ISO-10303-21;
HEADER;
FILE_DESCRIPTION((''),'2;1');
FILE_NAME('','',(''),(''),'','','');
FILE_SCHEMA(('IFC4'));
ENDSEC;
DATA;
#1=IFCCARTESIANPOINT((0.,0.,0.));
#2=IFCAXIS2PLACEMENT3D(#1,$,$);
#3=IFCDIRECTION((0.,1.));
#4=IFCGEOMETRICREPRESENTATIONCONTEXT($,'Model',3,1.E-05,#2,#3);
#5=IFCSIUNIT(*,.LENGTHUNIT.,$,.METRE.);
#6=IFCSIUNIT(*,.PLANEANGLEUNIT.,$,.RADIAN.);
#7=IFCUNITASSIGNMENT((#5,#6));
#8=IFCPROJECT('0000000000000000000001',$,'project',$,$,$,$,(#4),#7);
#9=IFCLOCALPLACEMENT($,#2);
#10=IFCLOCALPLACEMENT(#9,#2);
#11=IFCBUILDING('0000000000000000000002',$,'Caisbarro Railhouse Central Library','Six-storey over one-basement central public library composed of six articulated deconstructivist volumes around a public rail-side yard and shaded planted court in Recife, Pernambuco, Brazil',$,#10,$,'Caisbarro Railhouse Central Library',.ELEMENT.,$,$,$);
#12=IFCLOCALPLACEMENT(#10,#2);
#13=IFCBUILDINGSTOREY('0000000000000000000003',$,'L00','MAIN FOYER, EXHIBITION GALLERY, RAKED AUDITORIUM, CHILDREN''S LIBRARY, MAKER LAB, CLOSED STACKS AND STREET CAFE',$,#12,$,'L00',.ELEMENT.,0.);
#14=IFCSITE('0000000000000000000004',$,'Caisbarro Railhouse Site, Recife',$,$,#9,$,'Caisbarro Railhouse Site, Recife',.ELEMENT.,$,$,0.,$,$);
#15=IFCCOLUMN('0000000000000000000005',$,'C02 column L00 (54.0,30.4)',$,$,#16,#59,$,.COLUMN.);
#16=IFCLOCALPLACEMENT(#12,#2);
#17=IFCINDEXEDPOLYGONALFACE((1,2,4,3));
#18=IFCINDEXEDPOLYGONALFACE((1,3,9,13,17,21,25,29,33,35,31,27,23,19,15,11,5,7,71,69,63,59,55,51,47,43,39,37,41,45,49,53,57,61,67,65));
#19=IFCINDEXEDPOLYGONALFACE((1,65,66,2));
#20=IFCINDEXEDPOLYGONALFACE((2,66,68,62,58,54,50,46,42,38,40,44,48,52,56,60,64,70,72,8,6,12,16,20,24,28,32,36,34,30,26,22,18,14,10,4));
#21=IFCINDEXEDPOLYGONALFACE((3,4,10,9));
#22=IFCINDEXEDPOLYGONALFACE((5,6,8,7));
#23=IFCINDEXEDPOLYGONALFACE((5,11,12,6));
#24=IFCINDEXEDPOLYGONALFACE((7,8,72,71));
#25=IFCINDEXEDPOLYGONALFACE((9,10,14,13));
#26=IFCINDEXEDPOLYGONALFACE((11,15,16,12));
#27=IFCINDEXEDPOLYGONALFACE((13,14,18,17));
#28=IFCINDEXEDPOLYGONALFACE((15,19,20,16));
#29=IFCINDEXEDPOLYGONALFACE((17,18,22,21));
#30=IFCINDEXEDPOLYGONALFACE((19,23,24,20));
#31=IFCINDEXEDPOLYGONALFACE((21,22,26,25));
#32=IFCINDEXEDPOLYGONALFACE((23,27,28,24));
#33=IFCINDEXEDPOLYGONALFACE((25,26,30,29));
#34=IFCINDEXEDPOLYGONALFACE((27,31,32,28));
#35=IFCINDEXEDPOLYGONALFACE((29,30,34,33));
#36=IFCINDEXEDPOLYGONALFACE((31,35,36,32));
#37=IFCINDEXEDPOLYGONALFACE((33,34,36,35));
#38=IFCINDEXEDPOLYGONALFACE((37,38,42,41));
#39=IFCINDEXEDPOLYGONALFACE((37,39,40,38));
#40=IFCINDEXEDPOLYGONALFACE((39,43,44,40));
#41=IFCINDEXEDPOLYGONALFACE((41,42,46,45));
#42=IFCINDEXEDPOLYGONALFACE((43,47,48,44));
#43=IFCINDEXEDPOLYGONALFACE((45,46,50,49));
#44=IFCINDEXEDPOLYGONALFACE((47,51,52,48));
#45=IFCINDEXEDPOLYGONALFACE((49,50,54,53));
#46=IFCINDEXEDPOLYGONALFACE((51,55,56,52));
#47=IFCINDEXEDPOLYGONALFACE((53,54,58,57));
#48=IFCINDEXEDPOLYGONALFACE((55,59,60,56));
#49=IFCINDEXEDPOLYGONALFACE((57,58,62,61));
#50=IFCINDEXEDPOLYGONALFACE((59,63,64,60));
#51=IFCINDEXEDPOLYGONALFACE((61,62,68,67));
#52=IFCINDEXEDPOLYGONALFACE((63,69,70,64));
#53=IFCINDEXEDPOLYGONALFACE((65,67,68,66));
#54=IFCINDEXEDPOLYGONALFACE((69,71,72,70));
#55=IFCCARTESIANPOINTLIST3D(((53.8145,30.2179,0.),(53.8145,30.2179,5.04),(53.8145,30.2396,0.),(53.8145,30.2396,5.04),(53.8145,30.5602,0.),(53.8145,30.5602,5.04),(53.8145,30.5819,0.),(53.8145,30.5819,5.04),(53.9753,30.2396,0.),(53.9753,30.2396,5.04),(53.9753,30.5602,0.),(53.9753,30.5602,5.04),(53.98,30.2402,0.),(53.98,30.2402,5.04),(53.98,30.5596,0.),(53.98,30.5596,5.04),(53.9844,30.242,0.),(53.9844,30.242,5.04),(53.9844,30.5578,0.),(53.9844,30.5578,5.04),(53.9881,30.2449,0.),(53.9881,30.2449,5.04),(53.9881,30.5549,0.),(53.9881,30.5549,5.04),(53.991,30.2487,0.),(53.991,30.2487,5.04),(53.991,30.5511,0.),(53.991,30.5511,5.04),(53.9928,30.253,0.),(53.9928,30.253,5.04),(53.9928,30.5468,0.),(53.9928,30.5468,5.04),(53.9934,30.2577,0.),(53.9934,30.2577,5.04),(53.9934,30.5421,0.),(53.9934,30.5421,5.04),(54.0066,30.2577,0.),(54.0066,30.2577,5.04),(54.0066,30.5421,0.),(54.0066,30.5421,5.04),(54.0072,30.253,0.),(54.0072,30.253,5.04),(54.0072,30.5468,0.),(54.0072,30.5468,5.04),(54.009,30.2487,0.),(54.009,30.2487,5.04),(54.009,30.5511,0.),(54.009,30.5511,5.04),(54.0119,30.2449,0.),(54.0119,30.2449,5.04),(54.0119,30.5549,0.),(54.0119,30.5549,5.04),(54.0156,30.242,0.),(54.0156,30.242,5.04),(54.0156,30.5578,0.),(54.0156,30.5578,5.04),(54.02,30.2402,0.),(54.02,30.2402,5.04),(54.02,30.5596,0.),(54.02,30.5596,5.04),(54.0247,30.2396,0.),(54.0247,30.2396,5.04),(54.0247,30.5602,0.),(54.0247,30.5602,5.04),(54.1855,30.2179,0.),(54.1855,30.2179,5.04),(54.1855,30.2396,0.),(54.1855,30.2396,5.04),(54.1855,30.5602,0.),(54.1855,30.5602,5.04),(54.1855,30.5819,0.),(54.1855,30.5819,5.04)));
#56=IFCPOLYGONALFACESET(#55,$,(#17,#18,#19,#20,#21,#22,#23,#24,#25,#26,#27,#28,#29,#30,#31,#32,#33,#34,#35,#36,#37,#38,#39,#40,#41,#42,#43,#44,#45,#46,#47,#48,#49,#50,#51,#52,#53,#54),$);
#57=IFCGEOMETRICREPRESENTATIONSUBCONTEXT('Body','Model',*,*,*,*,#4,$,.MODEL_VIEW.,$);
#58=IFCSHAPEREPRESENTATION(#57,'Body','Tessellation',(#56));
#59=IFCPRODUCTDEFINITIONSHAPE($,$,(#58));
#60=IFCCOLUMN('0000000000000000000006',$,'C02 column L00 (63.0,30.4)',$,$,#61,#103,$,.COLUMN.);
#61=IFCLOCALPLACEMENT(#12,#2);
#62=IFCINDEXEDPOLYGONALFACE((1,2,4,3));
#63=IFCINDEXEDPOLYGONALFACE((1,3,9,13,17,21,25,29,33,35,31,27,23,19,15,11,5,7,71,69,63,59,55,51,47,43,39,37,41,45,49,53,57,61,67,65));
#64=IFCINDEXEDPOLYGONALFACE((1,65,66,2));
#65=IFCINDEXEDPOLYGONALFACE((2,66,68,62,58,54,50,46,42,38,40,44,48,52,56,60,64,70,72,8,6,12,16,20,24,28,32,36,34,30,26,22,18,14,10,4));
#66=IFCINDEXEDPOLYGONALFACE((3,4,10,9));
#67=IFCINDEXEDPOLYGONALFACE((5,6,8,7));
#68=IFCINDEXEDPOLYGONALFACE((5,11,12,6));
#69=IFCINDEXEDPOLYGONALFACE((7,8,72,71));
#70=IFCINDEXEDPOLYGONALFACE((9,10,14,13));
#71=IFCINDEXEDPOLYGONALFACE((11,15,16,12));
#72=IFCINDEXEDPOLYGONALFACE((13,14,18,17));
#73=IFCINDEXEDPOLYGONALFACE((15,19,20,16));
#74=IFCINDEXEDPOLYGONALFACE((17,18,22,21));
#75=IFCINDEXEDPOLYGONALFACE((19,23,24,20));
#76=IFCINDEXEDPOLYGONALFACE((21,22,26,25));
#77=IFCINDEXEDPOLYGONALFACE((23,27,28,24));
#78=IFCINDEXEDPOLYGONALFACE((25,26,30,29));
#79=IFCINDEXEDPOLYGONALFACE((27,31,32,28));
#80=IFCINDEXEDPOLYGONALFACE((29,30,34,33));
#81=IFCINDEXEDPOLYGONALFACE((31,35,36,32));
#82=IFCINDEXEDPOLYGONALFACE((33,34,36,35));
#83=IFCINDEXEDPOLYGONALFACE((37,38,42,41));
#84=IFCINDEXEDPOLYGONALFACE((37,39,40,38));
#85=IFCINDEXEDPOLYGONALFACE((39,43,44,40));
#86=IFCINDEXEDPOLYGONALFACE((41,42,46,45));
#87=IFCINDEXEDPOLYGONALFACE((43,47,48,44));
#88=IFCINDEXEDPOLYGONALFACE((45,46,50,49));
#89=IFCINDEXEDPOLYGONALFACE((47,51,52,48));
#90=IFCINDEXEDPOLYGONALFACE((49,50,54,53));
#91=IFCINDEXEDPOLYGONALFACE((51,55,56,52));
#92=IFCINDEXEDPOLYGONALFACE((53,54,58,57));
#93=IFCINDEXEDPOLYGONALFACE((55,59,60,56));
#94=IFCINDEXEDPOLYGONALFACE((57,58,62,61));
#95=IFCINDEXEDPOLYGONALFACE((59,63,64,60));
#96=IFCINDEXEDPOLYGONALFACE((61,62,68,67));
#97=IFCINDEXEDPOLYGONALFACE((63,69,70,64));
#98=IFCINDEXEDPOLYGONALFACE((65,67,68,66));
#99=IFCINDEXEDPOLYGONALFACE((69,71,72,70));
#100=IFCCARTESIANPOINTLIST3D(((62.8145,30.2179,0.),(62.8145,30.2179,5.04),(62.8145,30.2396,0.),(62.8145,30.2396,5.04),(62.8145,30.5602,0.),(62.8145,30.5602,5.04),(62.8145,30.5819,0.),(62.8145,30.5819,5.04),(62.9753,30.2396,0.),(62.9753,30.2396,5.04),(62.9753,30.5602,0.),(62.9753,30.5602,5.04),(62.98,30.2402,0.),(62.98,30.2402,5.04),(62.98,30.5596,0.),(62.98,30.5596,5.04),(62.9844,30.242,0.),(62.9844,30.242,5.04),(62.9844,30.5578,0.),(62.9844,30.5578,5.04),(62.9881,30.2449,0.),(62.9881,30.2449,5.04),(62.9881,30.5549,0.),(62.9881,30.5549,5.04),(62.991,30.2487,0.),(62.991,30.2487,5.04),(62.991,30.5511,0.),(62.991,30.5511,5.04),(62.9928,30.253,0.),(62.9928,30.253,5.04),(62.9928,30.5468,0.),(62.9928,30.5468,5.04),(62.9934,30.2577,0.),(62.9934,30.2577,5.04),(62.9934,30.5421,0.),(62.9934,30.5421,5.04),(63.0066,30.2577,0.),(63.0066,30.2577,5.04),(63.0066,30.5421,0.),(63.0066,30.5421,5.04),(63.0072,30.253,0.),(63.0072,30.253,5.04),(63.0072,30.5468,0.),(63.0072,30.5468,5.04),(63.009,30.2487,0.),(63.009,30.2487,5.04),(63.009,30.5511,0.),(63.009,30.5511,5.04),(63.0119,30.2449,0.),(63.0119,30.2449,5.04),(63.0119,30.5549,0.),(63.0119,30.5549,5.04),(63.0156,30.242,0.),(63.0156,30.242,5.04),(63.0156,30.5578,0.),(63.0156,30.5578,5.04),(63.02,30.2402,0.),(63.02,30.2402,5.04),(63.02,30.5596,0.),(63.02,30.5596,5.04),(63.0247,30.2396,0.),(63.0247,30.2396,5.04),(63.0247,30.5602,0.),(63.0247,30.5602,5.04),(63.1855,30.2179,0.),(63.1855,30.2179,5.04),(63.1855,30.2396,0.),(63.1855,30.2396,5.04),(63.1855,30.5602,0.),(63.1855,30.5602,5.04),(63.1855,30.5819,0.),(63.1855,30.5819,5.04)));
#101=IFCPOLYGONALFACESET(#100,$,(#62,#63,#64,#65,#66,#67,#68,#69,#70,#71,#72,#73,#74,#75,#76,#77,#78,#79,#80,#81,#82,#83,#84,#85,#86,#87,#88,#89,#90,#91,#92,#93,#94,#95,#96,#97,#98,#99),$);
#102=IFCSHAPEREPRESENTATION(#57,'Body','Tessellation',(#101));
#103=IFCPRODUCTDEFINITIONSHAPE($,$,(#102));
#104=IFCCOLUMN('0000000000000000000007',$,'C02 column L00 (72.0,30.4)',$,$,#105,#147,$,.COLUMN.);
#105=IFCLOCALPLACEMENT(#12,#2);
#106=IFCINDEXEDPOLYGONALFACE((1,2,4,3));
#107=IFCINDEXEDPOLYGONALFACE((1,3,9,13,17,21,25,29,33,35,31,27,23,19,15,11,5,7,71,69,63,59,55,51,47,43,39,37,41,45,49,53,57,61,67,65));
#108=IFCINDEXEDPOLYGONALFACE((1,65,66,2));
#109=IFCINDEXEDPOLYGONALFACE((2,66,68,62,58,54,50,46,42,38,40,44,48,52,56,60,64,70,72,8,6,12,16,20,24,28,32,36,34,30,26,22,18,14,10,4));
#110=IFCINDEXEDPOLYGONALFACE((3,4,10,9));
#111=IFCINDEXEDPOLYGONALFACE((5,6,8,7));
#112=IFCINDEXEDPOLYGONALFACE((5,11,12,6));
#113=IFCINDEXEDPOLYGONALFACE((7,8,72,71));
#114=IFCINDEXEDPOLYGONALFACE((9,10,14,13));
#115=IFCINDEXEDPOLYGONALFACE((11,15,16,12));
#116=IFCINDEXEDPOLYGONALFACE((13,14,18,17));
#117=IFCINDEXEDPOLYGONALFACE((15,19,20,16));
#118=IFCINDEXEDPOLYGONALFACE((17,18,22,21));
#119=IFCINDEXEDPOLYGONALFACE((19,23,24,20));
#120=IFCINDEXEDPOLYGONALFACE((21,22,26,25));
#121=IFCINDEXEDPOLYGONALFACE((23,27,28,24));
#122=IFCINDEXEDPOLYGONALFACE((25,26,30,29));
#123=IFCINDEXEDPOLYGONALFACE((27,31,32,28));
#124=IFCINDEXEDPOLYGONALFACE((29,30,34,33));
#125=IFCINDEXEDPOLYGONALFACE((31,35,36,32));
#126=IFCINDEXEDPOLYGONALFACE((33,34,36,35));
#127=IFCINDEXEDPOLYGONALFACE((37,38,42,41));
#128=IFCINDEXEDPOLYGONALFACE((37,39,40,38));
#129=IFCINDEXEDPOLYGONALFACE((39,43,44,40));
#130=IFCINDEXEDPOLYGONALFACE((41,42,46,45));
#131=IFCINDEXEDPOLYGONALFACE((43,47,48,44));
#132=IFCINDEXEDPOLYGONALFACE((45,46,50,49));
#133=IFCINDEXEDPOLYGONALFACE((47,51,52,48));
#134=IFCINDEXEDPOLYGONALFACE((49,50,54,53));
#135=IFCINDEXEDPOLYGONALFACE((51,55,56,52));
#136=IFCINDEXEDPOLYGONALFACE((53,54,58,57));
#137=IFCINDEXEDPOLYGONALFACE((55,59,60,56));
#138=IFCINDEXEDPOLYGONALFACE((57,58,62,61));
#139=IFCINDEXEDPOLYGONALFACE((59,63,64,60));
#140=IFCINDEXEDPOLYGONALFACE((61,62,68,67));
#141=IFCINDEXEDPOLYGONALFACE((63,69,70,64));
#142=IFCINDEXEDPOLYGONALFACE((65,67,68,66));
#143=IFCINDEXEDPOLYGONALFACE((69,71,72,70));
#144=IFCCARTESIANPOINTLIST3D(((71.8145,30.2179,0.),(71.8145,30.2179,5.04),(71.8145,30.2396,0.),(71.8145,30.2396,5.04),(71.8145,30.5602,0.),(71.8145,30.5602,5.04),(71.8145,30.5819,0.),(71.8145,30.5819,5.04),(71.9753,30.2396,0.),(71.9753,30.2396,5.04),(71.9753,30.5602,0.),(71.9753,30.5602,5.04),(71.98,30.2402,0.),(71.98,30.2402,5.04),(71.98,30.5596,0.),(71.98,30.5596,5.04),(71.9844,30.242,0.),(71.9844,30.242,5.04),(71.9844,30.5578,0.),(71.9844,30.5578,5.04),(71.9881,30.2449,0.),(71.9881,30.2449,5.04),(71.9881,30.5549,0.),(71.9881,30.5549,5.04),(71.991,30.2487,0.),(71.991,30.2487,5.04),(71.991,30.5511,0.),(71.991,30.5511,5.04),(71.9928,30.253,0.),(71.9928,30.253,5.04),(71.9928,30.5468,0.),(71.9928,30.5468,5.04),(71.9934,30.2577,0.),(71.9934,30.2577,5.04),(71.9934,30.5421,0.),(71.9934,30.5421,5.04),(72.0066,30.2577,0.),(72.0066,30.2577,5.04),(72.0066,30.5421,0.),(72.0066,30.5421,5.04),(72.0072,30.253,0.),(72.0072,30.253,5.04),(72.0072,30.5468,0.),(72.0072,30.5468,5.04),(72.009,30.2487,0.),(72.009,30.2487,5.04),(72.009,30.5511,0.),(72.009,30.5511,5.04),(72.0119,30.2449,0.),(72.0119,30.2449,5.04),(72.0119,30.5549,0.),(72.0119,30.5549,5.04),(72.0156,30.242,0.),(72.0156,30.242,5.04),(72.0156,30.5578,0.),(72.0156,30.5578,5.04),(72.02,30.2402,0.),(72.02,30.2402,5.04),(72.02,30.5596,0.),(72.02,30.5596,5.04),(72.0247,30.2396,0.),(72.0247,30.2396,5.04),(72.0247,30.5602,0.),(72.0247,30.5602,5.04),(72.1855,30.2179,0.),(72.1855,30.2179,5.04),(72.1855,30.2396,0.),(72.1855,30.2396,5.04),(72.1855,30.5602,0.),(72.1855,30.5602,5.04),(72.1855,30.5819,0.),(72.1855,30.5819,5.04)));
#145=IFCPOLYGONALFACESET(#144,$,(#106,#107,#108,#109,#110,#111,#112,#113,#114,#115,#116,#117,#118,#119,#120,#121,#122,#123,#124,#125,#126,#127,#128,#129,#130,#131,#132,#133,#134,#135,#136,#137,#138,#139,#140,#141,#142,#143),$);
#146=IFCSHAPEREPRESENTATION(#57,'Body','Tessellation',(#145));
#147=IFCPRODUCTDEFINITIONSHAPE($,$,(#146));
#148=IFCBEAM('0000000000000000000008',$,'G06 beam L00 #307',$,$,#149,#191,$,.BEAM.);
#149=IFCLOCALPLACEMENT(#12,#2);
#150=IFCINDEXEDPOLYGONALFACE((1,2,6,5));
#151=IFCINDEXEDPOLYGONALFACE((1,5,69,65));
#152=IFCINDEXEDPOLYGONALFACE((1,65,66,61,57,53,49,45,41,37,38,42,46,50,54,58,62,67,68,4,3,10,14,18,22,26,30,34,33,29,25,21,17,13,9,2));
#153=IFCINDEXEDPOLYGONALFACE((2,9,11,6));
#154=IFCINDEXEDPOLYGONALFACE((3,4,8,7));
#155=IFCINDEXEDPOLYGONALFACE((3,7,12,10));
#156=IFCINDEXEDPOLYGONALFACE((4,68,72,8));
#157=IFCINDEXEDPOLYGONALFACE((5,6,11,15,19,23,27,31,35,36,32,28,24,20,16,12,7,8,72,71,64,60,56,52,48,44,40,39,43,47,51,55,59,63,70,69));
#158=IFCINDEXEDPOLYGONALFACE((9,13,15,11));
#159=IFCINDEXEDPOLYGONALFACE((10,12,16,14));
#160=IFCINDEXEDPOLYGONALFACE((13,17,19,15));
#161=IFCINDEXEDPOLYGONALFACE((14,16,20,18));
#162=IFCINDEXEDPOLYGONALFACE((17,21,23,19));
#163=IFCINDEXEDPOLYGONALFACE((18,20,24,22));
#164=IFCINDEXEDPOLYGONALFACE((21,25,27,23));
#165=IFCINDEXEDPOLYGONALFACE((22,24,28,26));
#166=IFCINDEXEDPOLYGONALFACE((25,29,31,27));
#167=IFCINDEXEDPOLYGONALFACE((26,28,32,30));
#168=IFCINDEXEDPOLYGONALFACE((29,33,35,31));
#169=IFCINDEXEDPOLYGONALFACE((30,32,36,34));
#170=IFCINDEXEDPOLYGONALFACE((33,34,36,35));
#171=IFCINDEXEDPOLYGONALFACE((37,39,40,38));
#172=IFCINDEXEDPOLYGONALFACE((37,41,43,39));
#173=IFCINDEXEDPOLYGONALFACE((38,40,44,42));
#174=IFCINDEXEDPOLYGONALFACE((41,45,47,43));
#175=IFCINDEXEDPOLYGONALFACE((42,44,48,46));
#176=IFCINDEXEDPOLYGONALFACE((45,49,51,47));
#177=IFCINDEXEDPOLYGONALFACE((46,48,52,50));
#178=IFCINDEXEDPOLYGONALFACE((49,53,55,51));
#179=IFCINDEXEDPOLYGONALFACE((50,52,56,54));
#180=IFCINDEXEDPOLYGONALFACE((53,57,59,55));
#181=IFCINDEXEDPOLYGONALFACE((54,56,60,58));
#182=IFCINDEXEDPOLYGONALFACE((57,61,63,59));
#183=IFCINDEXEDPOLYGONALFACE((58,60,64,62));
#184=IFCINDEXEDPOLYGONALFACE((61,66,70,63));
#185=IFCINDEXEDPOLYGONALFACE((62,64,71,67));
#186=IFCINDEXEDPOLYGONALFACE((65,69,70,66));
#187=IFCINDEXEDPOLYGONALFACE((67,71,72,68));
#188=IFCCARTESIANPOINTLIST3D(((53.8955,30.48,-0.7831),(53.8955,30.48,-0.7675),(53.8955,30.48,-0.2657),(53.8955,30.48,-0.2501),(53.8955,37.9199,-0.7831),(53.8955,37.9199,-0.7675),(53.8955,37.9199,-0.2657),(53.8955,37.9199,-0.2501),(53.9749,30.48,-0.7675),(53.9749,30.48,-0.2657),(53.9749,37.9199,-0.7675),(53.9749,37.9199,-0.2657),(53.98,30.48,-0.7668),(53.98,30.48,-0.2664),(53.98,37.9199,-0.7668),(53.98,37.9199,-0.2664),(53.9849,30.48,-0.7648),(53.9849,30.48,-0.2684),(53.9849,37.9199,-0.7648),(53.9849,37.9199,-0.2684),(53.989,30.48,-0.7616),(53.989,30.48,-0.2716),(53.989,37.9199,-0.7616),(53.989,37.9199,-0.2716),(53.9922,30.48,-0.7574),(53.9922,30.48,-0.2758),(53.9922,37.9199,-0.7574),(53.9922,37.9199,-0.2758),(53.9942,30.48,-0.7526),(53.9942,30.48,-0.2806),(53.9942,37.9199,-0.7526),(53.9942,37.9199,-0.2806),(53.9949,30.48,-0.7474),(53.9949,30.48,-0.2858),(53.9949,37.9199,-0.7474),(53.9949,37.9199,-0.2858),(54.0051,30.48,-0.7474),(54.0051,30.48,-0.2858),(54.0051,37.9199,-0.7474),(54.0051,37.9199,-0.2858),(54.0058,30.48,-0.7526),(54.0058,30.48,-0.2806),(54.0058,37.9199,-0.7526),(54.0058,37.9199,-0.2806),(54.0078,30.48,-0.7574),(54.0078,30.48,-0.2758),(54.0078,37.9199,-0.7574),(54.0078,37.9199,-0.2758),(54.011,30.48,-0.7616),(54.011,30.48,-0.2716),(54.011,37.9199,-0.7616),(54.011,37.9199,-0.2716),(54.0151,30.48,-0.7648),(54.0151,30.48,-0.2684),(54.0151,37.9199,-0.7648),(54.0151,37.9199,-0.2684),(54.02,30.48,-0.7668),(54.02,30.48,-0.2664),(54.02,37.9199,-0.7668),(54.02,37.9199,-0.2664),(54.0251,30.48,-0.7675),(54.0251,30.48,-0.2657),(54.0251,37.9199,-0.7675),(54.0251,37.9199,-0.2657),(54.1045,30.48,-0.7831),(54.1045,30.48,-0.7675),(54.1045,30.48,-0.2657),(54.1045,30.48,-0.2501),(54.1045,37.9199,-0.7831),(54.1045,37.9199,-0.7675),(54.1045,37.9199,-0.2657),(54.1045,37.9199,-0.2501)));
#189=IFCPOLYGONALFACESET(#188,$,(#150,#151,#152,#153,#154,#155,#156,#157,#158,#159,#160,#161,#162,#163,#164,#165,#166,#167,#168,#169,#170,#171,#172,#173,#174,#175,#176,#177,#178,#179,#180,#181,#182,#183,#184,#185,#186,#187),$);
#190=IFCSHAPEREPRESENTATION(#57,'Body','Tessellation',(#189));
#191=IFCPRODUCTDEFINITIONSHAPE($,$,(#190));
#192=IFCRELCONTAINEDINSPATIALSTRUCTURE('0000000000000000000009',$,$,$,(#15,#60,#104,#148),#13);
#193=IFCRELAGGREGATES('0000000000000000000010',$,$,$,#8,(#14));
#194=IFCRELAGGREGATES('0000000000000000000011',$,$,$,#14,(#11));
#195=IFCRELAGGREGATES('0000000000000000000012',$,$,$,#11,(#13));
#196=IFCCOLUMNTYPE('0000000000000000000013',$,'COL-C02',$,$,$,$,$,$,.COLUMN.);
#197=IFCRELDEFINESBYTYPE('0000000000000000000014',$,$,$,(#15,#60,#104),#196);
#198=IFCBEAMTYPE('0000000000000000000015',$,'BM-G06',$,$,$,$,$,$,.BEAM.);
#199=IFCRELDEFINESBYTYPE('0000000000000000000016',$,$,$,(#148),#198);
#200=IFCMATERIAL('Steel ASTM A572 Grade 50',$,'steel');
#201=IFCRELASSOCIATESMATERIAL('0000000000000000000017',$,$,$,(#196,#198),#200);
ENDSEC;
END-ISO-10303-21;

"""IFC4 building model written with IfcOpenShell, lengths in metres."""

from ifc_helpers import new_model, si_unit, direction, frame, origin, origin_2d, place, context, subcontext, project, spatial, i_section, extrude, material, material_profile, profile_set, type_object, element, save


model = new_model("IFC4")

# Units and contexts
model_context = context("Model", 3, precision=1e-05, world=origin(), true_north=direction((0.0, 1.0)))
body_context = subcontext(model_context, "Body", "Model", "MODEL_VIEW")
ifc_project = project(units=[si_unit("LENGTHUNIT", "METRE"), si_unit("PLANEANGLEUNIT", "RADIAN")], contexts=[model_context])

# Site, building, storey
site_placement = place(None, origin())
site = spatial("IfcSite", under=ifc_project, at=site_placement, Name="Caisbarro Railhouse Site, Recife", LongName="Caisbarro Railhouse Site, Recife", CompositionType="ELEMENT", RefElevation=0.0)
building_placement = place(site_placement, origin())
building = spatial("IfcBuilding", under=site, at=building_placement, Name="Caisbarro Railhouse Central Library", Description="Six-storey over one-basement central public library composed of six articulated deconstructivist volumes around a public rail-side yard and shaded planted court in Recife, Pernambuco, Brazil", LongName="Caisbarro Railhouse Central Library", CompositionType="ELEMENT")
storey_placement = place(building_placement, origin())
storey = spatial("IfcBuildingStorey", under=building, at=storey_placement, Name="L00", Description="MAIN FOYER, EXHIBITION GALLERY, RAKED AUDITORIUM, CHILDREN'S LIBRARY, MAKER LAB, CLOSED STACKS AND STREET CAFE", LongName="L00", CompositionType="ELEMENT", Elevation=0.0)

# Columns
ifc_material_1 = material(Name="Steel ASTM A572 Grade 50", Category="steel")
ifc_material_profile_1 = material_profile(ifc_material_1, i_section(OverallWidth=0.3711, OverallDepth=0.364, WebThickness=0.0132, FlangeThickness=0.0217, FilletRadius=0.0181, at=origin_2d()), Name="W360X162.0")
ifc_profile_set_1 = profile_set([ifc_material_profile_1], Name="Steel ASTM A572 Grade 50")
column_type = type_object("IfcColumnType", Name="COL-C02", PredefinedType="COLUMN", material=ifc_profile_set_1)
for number, where, z_axis, x_axis, name in (
    (1, (54.0, 30.3999, 0.0), (0.0, 0.0, 1.0), (1.0, 0.0, 0.0), "C02 column L00 (54.0,30.4)"),
    (2, (63.0, 30.3999, 0.0), (0.0, 0.0, 1.0), (1.0, 0.0, 0.0), "C02 column L00 (63.0,30.4)"),
    (3, (72.0, 30.3999, 0.0), (0.0, 0.0, 1.0), (1.0, 0.0, 0.0), "C02 column L00 (72.0,30.4)"),
):
    element("IfcColumn", number, at=place(storey_placement, frame(where, z_axis=z_axis, x_axis=x_axis)), inside=storey, type_object=column_type, Name=name, PredefinedType="COLUMN", context=body_context, shape_type="SweptSolid", body=[
        extrude(i_section(OverallWidth=0.3711, OverallDepth=0.364, WebThickness=0.0132, FlangeThickness=0.0217, FilletRadius=0.0181, at=origin_2d()), origin(), (0.0, 0.0, 1.0), 5.04),
    ])

# Beam
ifc_material_profile_2 = material_profile(ifc_material_1, i_section(OverallWidth=0.209, OverallDepth=0.533, WebThickness=0.0103, FlangeThickness=0.0156, FilletRadius=0.02, at=origin_2d()), Name="W530X92.0")
ifc_profile_set_2 = profile_set([ifc_material_profile_2], Name="Steel ASTM A572 Grade 50")
beam_type_1 = type_object("IfcBeamType", Name="BM-G06", PredefinedType="BEAM", material=ifc_profile_set_2)
for number, where, z_axis, x_axis, name in (
    (4, (54.0, 30.48, -0.5166), (0.0, 1.0, 0.0), (-1.0, 0.0, 0.0), "G06 beam L00 #307"),
):
    element("IfcBeam", number, at=place(storey_placement, frame(where, z_axis=z_axis, x_axis=x_axis)), inside=storey, type_object=beam_type_1, Name=name, PredefinedType="BEAM", context=body_context, shape_type="SweptSolid", body=[
        extrude(i_section(OverallWidth=0.209, OverallDepth=0.533, WebThickness=0.0103, FlangeThickness=0.0156, FilletRadius=0.02, at=origin_2d()), origin(), (0.0, 0.0, 1.0), 7.4399),
    ])

save(model, "model.ifc")
